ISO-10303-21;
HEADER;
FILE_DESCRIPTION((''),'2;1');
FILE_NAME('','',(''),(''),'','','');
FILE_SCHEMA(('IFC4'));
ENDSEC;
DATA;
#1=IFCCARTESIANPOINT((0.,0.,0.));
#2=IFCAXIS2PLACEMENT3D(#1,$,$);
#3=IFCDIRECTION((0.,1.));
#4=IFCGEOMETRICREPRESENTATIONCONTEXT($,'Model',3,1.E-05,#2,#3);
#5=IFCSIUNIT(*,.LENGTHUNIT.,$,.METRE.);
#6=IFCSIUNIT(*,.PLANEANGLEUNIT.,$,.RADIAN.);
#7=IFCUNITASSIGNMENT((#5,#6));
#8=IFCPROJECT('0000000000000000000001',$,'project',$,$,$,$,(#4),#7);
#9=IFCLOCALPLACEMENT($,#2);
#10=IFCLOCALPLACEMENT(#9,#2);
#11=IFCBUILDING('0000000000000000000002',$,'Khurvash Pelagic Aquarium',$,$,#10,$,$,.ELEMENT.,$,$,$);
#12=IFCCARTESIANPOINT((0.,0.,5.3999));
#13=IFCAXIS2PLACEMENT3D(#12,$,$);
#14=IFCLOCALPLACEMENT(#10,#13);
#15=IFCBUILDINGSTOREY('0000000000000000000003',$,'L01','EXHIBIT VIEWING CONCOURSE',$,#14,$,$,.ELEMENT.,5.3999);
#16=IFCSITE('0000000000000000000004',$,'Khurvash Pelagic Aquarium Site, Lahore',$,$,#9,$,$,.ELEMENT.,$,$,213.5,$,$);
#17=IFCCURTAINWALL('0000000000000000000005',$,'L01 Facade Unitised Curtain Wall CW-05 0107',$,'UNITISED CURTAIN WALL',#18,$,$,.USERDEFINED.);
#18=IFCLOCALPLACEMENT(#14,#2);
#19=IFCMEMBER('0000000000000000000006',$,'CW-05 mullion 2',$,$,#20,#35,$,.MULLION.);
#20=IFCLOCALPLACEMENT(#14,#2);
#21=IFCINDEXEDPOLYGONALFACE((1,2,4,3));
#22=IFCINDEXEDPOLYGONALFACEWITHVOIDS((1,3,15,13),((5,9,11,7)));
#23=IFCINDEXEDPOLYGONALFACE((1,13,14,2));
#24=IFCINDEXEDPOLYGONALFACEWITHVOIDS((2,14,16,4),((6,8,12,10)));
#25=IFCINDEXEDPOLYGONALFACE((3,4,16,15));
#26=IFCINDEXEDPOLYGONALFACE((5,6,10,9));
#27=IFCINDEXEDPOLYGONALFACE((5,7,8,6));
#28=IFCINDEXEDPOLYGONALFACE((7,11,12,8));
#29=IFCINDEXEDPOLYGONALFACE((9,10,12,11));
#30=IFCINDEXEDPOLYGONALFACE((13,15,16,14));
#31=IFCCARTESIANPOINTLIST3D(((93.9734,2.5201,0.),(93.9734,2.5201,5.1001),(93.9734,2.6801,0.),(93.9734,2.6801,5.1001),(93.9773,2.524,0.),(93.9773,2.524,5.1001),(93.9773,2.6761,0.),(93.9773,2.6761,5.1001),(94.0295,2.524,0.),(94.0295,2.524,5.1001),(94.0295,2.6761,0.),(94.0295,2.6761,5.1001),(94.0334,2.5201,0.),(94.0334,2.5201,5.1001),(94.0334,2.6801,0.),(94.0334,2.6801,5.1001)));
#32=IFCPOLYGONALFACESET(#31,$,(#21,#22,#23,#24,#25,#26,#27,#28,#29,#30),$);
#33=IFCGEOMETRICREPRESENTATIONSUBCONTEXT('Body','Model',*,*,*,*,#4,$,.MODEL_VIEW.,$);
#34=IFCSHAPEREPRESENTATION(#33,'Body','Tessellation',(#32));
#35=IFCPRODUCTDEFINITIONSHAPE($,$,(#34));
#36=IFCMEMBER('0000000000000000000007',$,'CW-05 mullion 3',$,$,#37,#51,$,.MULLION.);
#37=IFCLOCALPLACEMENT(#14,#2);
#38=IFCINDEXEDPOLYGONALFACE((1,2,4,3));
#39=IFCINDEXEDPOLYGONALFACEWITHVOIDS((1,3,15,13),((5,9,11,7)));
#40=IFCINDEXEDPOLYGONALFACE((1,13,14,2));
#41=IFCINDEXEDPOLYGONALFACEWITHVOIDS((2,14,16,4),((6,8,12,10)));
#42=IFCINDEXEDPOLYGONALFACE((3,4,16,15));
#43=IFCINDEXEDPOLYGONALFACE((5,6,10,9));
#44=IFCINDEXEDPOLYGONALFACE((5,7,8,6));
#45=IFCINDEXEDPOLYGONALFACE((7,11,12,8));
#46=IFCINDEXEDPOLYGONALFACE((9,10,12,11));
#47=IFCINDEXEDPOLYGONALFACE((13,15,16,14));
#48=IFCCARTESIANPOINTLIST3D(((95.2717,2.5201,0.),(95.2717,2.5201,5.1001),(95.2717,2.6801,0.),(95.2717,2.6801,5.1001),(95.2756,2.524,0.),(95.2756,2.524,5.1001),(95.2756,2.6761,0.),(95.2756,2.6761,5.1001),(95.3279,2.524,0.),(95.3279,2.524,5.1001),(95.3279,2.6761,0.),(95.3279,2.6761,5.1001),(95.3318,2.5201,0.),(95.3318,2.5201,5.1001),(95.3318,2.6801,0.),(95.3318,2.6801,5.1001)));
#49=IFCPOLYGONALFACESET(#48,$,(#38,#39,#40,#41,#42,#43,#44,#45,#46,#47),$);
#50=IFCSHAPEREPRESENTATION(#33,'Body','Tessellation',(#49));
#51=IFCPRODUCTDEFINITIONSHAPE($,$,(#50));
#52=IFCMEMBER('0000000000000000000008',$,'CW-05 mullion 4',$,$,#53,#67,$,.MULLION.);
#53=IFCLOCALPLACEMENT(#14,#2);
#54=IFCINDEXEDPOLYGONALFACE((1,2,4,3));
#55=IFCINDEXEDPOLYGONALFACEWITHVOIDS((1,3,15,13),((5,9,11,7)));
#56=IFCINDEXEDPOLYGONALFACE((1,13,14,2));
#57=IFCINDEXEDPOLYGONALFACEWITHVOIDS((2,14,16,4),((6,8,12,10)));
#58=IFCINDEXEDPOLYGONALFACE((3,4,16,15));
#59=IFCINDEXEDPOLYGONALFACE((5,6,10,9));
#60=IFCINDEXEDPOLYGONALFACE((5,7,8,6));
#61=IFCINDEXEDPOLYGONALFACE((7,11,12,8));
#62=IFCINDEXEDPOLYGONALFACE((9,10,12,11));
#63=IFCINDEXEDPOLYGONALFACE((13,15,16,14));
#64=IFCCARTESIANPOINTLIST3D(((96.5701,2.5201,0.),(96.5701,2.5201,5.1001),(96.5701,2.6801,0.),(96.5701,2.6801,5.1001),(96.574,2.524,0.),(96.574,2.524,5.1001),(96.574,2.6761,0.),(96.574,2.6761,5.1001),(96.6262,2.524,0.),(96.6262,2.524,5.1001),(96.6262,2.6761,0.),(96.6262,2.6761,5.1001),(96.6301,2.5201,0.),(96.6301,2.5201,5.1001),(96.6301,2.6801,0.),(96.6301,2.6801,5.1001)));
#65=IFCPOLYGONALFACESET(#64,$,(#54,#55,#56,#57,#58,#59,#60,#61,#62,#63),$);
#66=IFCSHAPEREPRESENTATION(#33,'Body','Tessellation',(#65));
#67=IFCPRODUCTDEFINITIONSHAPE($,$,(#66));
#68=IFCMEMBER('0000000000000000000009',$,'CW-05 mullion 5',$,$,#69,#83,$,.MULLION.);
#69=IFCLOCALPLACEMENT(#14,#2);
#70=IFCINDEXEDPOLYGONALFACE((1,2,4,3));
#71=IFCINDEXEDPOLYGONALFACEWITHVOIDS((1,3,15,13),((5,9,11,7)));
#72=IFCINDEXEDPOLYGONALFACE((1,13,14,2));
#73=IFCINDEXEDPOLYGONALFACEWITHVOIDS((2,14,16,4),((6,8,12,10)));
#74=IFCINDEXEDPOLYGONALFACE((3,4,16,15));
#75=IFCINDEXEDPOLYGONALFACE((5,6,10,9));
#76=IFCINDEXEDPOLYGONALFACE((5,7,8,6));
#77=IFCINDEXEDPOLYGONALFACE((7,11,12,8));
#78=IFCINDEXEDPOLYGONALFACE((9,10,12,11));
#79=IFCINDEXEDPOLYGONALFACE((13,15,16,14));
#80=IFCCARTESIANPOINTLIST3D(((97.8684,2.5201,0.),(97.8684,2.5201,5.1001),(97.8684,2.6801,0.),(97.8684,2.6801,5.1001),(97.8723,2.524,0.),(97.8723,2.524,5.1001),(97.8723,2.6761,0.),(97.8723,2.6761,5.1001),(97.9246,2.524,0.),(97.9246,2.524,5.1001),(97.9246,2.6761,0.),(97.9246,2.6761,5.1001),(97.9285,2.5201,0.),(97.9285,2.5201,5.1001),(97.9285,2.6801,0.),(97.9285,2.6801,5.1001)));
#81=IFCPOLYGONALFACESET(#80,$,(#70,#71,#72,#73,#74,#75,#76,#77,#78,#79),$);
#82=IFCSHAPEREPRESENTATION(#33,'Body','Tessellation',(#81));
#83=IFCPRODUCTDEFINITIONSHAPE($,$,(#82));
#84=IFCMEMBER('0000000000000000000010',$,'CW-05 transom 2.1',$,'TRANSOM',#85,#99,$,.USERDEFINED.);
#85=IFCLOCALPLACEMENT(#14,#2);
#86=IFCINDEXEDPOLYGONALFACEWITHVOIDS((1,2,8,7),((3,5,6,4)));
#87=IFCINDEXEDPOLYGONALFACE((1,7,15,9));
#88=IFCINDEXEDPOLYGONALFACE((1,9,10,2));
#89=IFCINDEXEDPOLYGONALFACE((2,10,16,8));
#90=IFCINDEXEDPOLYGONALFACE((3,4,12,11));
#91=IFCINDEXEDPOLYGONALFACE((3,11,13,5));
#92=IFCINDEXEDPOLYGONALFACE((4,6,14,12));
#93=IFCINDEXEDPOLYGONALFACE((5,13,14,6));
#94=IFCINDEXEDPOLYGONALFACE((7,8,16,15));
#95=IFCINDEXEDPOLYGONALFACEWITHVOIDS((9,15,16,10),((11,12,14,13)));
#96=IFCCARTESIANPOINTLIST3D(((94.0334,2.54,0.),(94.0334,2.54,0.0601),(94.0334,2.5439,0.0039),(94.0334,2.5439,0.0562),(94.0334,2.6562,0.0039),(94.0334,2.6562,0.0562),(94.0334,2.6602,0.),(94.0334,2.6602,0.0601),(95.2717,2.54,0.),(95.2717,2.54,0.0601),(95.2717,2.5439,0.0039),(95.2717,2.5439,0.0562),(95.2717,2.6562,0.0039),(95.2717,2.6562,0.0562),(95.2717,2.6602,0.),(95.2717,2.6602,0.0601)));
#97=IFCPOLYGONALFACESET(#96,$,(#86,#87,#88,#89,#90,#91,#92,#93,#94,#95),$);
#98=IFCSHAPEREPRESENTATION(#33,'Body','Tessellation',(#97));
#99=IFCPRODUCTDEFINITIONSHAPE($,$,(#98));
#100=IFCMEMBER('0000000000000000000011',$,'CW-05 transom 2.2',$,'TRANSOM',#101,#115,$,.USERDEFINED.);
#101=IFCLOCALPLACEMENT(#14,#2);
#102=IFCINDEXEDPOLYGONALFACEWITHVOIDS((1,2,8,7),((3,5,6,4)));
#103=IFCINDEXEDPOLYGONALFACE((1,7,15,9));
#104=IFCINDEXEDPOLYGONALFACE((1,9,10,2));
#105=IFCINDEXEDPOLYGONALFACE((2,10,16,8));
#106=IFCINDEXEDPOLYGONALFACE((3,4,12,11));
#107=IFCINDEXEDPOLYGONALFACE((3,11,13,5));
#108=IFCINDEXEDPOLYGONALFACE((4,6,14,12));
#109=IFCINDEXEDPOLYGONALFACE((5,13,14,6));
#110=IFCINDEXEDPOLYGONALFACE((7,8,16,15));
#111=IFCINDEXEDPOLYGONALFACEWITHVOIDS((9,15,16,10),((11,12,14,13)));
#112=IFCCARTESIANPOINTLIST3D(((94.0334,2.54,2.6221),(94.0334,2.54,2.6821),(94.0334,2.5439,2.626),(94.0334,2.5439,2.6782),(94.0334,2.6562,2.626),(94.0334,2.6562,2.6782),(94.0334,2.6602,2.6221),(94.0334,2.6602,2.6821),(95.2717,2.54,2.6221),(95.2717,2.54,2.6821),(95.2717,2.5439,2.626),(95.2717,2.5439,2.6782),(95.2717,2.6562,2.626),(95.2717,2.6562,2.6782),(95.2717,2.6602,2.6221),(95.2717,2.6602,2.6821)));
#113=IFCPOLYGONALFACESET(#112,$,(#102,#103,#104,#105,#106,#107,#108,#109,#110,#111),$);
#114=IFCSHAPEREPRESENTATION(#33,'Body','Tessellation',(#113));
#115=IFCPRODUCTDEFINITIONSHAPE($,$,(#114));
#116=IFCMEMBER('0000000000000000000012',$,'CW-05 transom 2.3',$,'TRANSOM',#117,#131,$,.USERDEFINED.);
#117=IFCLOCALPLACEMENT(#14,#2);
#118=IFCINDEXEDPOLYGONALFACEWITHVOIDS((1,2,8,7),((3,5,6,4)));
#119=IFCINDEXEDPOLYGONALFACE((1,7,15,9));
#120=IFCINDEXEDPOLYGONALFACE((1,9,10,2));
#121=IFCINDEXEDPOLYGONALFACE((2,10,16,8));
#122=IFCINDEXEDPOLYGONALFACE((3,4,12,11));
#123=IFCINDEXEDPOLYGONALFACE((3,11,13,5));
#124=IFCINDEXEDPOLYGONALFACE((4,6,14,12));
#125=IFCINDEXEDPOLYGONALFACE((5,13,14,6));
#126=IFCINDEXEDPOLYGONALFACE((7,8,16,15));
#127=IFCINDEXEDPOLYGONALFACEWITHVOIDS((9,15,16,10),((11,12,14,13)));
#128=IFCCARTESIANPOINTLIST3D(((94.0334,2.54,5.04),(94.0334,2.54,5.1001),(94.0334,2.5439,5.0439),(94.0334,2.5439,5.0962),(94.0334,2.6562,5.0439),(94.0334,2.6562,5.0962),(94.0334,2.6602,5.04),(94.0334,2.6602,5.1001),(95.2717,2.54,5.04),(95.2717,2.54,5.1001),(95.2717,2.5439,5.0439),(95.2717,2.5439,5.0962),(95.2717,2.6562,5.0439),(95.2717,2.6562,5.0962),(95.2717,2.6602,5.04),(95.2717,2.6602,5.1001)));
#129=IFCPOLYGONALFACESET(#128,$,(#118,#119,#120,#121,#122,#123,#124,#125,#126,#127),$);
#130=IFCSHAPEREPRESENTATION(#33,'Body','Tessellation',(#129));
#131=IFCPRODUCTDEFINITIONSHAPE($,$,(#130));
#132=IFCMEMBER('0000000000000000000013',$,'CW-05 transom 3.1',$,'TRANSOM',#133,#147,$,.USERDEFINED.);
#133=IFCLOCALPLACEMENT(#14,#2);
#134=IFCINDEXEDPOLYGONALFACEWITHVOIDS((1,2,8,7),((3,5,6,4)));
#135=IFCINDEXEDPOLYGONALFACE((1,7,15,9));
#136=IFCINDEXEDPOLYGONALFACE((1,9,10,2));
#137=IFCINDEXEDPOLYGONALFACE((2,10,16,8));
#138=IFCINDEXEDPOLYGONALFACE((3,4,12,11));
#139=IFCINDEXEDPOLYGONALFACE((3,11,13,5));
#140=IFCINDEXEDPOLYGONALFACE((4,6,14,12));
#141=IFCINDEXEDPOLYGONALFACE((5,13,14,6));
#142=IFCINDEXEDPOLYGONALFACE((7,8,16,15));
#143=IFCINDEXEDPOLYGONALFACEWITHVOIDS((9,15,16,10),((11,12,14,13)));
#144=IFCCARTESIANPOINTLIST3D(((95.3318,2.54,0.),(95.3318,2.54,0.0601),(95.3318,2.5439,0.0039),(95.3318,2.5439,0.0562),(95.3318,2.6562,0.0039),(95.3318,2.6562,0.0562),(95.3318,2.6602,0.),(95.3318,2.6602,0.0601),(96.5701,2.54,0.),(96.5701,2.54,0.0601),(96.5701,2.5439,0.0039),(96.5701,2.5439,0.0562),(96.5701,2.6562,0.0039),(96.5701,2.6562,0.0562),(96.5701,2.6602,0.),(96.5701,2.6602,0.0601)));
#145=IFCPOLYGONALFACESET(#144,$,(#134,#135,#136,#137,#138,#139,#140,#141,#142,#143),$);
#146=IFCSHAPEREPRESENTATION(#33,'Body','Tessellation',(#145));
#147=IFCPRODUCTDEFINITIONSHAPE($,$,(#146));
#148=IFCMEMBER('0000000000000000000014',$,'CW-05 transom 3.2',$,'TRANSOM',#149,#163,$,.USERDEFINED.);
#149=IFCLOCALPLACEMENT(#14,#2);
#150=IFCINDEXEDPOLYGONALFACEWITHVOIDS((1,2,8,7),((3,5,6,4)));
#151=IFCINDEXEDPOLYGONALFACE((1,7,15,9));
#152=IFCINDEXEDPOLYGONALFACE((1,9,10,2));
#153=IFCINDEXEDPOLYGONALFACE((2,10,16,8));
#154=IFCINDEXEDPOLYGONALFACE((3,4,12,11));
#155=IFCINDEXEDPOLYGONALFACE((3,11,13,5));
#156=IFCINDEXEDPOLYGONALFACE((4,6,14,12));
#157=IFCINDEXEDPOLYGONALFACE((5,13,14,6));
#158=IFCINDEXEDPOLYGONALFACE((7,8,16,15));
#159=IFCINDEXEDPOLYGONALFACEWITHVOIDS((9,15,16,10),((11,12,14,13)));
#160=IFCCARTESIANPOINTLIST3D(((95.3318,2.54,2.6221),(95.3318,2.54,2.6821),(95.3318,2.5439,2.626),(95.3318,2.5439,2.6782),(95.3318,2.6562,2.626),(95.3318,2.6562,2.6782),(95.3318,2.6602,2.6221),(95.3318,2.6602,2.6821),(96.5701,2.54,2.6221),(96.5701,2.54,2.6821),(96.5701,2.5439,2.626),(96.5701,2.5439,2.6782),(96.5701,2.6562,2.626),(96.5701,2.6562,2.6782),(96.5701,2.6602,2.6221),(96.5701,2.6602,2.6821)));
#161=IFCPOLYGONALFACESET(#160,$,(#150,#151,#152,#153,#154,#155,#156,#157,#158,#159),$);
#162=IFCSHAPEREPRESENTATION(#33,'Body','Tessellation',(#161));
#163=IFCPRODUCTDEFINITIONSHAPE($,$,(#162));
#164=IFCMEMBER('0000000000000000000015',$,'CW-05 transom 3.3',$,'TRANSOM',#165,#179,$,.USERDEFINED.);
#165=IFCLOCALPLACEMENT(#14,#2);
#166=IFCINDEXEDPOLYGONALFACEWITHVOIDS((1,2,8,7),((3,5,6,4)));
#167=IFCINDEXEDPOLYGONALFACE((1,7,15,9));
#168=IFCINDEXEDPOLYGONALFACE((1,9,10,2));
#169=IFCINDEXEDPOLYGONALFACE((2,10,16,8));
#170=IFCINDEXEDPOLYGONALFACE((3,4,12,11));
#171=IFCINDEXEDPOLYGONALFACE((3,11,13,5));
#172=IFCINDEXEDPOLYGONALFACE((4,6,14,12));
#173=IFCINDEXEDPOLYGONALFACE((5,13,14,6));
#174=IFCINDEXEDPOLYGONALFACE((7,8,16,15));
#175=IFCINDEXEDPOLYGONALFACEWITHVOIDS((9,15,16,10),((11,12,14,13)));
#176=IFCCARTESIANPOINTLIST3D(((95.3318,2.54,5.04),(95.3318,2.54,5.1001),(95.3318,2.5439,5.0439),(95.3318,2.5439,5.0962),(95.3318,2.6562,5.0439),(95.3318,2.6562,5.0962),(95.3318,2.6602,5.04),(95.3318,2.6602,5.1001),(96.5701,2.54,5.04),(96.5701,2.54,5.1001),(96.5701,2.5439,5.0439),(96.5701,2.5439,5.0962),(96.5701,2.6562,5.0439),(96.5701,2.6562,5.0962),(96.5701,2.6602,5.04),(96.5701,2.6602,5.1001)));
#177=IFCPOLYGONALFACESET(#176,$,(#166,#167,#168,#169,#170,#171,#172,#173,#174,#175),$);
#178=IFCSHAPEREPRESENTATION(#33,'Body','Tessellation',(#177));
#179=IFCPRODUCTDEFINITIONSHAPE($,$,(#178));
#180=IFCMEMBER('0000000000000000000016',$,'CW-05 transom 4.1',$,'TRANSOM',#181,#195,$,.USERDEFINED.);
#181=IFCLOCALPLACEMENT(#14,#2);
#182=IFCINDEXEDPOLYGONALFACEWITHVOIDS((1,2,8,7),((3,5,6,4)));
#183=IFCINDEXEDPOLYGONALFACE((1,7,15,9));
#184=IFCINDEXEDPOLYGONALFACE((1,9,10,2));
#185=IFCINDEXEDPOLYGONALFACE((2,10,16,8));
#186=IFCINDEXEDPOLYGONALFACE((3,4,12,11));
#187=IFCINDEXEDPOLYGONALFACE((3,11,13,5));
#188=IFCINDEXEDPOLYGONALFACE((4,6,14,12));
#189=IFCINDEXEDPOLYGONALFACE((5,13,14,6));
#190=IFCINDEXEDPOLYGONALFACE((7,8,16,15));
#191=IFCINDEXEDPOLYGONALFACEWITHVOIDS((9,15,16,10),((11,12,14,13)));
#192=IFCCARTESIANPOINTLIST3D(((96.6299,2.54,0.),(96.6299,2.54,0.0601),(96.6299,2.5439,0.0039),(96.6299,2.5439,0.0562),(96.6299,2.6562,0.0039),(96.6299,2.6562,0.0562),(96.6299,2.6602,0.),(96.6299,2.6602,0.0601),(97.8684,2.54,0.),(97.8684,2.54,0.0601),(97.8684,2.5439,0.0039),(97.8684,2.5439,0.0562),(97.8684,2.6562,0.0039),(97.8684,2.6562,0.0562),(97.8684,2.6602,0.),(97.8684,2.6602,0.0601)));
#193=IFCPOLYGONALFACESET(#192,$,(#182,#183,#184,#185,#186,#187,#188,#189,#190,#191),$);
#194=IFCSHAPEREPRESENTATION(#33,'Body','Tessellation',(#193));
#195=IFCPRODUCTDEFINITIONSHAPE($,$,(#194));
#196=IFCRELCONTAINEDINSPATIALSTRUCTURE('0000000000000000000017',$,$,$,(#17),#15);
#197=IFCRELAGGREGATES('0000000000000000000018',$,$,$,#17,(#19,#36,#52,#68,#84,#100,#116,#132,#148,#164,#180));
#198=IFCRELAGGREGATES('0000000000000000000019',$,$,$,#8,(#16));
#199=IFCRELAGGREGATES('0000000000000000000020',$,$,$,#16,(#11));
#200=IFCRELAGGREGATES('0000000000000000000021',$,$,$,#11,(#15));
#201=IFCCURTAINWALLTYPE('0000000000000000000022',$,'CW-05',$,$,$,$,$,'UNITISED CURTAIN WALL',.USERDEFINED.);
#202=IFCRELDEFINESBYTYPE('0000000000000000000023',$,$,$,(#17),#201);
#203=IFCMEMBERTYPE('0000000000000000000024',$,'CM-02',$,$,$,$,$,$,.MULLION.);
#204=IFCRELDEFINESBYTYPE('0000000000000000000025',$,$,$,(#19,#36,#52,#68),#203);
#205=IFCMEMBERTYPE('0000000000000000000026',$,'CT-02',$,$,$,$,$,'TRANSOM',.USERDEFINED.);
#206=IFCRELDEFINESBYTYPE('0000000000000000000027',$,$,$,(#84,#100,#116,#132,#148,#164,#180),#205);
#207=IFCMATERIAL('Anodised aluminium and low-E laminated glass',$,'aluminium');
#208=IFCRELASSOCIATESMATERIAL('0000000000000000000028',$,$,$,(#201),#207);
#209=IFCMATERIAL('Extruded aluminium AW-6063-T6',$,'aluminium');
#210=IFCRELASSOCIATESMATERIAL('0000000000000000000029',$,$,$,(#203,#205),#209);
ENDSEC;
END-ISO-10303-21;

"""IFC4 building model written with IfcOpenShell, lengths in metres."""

from ifc_helpers import new_model, si_unit, direction, frame, origin, origin_2d, place, context, subcontext, project, spatial, hollow_rectangle, extrude, material, material_profile, profile_set, type_object, element, aggregate, save


model = new_model("IFC4")

# Units and contexts
model_context = context("Model", 3, precision=1e-05, world=origin(), true_north=direction((0.0, 1.0)))
body_context = subcontext(model_context, "Body", "Model", "MODEL_VIEW")
ifc_project = project(units=[si_unit("LENGTHUNIT", "METRE"), si_unit("PLANEANGLEUNIT", "RADIAN")], contexts=[model_context])

# Site, building, storey
site_placement = place(None, origin())
site = spatial("IfcSite", under=ifc_project, at=site_placement, Name="Khurvash Pelagic Aquarium Site, Lahore", CompositionType="ELEMENT", RefElevation=213.5)
building_placement = place(site_placement, origin())
building = spatial("IfcBuilding", under=site, at=building_placement, Name="Khurvash Pelagic Aquarium", CompositionType="ELEMENT")
storey_placement = place(building_placement, frame((0.0, 0.0, 5.3999)))
storey = spatial("IfcBuildingStorey", under=building, at=storey_placement, Name="L01", Description="EXHIBIT VIEWING CONCOURSE", CompositionType="ELEMENT", Elevation=5.3999)

# Curtain wall, members
ifc_material_1 = material(Name="Anodised aluminium and low-E laminated glass", Category="aluminium")
curtain_wall_type = type_object("IfcCurtainWallType", Name="CW-05", ElementType="UNITISED CURTAIN WALL", PredefinedType="USERDEFINED", material=ifc_material_1)
curtain_wall_placement = place(storey_placement, origin())
curtain_wall = element("IfcCurtainWall", 1, at=curtain_wall_placement, inside=storey, type_object=curtain_wall_type, Name="L01 Facade Unitised Curtain Wall CW-05 0107", ObjectType="UNITISED CURTAIN WALL", PredefinedType="USERDEFINED")
ifc_material_2 = material(Name="Extruded aluminium AW-6063-T6", Category="aluminium")
ifc_material_profile_1 = material_profile(ifc_material_2, hollow_rectangle(XDim=0.0601, YDim=0.1599, WallThickness=0.0039, at=origin_2d()), Name="CWM60X160X4")
ifc_profile_set_1 = profile_set([ifc_material_profile_1], Name="Extruded aluminium AW-6063-T6")
member_type_1 = type_object("IfcMemberType", Name="CM-02", PredefinedType="MULLION", material=ifc_profile_set_1)
member_1_placement = place(storey_placement, frame((94.0034, 2.6001, 0.0), z_axis=(0.0, 0.0, 1.0), x_axis=(1.0, 0.0, 0.0)))
member_1 = element("IfcMember", 2, at=member_1_placement, type_object=member_type_1, Name="CW-05 mullion 2", PredefinedType="MULLION", context=body_context, shape_type="SweptSolid", body=[
    extrude(hollow_rectangle(XDim=0.0601, YDim=0.1599, WallThickness=0.0039, at=origin_2d()), origin(), (0.0, 0.0, 1.0), 5.1001),
])
member_2_placement = place(storey_placement, frame((95.3018, 2.6001, 0.0), z_axis=(0.0, 0.0, 1.0), x_axis=(1.0, 0.0, 0.0)))
member_2 = element("IfcMember", 3, at=member_2_placement, type_object=member_type_1, Name="CW-05 mullion 3", PredefinedType="MULLION", context=body_context, shape_type="SweptSolid", body=[
    extrude(hollow_rectangle(XDim=0.0601, YDim=0.1599, WallThickness=0.0039, at=origin_2d()), origin(), (0.0, 0.0, 1.0), 5.1001),
])
member_3_placement = place(storey_placement, frame((96.6001, 2.6001, 0.0), z_axis=(0.0, 0.0, 1.0), x_axis=(1.0, 0.0, 0.0)))
member_3 = element("IfcMember", 4, at=member_3_placement, type_object=member_type_1, Name="CW-05 mullion 4", PredefinedType="MULLION", context=body_context, shape_type="SweptSolid", body=[
    extrude(hollow_rectangle(XDim=0.0601, YDim=0.1599, WallThickness=0.0039, at=origin_2d()), origin(), (0.0, 0.0, 1.0), 5.1001),
])
member_4_placement = place(storey_placement, frame((97.8984, 2.6001, 0.0), z_axis=(0.0, 0.0, 1.0), x_axis=(1.0, 0.0, 0.0)))
member_4 = element("IfcMember", 5, at=member_4_placement, type_object=member_type_1, Name="CW-05 mullion 5", PredefinedType="MULLION", context=body_context, shape_type="SweptSolid", body=[
    extrude(hollow_rectangle(XDim=0.0601, YDim=0.1599, WallThickness=0.0039, at=origin_2d()), origin(), (0.0, 0.0, 1.0), 5.1001),
])
ifc_material_profile_2 = material_profile(ifc_material_2, hollow_rectangle(XDim=0.1201, YDim=0.0601, WallThickness=0.0039, at=origin_2d()), Name="CWT120X60X4")
ifc_profile_set_2 = profile_set([ifc_material_profile_2], Name="Extruded aluminium AW-6063-T6")
member_type_2 = type_object("IfcMemberType", Name="CT-02", ElementType="TRANSOM", PredefinedType="USERDEFINED", material=ifc_profile_set_2)
member_5_placement = place(storey_placement, frame((94.0334, 2.6001, 0.03), z_axis=(1.0, 0.0, 0.0), x_axis=(0.0, 1.0, 0.0)))
member_5 = element("IfcMember", 6, at=member_5_placement, type_object=member_type_2, Name="CW-05 transom 2.1", ObjectType="TRANSOM", PredefinedType="USERDEFINED", context=body_context, shape_type="SweptSolid", body=[
    extrude(hollow_rectangle(XDim=0.1201, YDim=0.0601, WallThickness=0.0039, at=origin_2d()), origin(), (0.0, 0.0, 1.0), 1.2383),
])
member_6_placement = place(storey_placement, frame((94.0334, 2.6001, 2.6521), z_axis=(1.0, 0.0, 0.0), x_axis=(0.0, 1.0, 0.0)))
member_6 = element("IfcMember", 7, at=member_6_placement, type_object=member_type_2, Name="CW-05 transom 2.2", ObjectType="TRANSOM", PredefinedType="USERDEFINED", context=body_context, shape_type="SweptSolid", body=[
    extrude(hollow_rectangle(XDim=0.1201, YDim=0.0601, WallThickness=0.0039, at=origin_2d()), origin(), (0.0, 0.0, 1.0), 1.2383),
])
member_7_placement = place(storey_placement, frame((94.0334, 2.6001, 5.0701), z_axis=(1.0, 0.0, 0.0), x_axis=(0.0, 1.0, 0.0)))
member_7 = element("IfcMember", 8, at=member_7_placement, type_object=member_type_2, Name="CW-05 transom 2.3", ObjectType="TRANSOM", PredefinedType="USERDEFINED", context=body_context, shape_type="SweptSolid", body=[
    extrude(hollow_rectangle(XDim=0.1201, YDim=0.0601, WallThickness=0.0039, at=origin_2d()), origin(), (0.0, 0.0, 1.0), 1.2383),
])
member_8_placement = place(storey_placement, frame((95.3318, 2.6001, 0.03), z_axis=(1.0, 0.0, 0.0), x_axis=(0.0, 1.0, 0.0)))
member_8 = element("IfcMember", 9, at=member_8_placement, type_object=member_type_2, Name="CW-05 transom 3.1", ObjectType="TRANSOM", PredefinedType="USERDEFINED", context=body_context, shape_type="SweptSolid", body=[
    extrude(hollow_rectangle(XDim=0.1201, YDim=0.0601, WallThickness=0.0039, at=origin_2d()), origin(), (0.0, 0.0, 1.0), 1.2383),
])
member_9_placement = place(storey_placement, frame((95.3318, 2.6001, 2.6521), z_axis=(1.0, 0.0, 0.0), x_axis=(0.0, 1.0, 0.0)))
member_9 = element("IfcMember", 10, at=member_9_placement, type_object=member_type_2, Name="CW-05 transom 3.2", ObjectType="TRANSOM", PredefinedType="USERDEFINED", context=body_context, shape_type="SweptSolid", body=[
    extrude(hollow_rectangle(XDim=0.1201, YDim=0.0601, WallThickness=0.0039, at=origin_2d()), origin(), (0.0, 0.0, 1.0), 1.2383),
])
member_10_placement = place(storey_placement, frame((95.3318, 2.6001, 5.0701), z_axis=(1.0, 0.0, 0.0), x_axis=(0.0, 1.0, 0.0)))
member_10 = element("IfcMember", 11, at=member_10_placement, type_object=member_type_2, Name="CW-05 transom 3.3", ObjectType="TRANSOM", PredefinedType="USERDEFINED", context=body_context, shape_type="SweptSolid", body=[
    extrude(hollow_rectangle(XDim=0.1201, YDim=0.0601, WallThickness=0.0039, at=origin_2d()), origin(), (0.0, 0.0, 1.0), 1.2383),
])
member_11_placement = place(storey_placement, frame((96.6299, 2.6001, 0.03), z_axis=(1.0, 0.0, 0.0), x_axis=(0.0, 1.0, 0.0)))
member_11 = element("IfcMember", 12, at=member_11_placement, type_object=member_type_2, Name="CW-05 transom 4.1", ObjectType="TRANSOM", PredefinedType="USERDEFINED", context=body_context, shape_type="SweptSolid", body=[
    extrude(hollow_rectangle(XDim=0.1201, YDim=0.0601, WallThickness=0.0039, at=origin_2d()), origin(), (0.0, 0.0, 1.0), 1.2385),
])
aggregate(curtain_wall, [member_1, member_2, member_3, member_4, member_5, member_6, member_7, member_8, member_9, member_10, member_11])

save(model, "model.ifc")
